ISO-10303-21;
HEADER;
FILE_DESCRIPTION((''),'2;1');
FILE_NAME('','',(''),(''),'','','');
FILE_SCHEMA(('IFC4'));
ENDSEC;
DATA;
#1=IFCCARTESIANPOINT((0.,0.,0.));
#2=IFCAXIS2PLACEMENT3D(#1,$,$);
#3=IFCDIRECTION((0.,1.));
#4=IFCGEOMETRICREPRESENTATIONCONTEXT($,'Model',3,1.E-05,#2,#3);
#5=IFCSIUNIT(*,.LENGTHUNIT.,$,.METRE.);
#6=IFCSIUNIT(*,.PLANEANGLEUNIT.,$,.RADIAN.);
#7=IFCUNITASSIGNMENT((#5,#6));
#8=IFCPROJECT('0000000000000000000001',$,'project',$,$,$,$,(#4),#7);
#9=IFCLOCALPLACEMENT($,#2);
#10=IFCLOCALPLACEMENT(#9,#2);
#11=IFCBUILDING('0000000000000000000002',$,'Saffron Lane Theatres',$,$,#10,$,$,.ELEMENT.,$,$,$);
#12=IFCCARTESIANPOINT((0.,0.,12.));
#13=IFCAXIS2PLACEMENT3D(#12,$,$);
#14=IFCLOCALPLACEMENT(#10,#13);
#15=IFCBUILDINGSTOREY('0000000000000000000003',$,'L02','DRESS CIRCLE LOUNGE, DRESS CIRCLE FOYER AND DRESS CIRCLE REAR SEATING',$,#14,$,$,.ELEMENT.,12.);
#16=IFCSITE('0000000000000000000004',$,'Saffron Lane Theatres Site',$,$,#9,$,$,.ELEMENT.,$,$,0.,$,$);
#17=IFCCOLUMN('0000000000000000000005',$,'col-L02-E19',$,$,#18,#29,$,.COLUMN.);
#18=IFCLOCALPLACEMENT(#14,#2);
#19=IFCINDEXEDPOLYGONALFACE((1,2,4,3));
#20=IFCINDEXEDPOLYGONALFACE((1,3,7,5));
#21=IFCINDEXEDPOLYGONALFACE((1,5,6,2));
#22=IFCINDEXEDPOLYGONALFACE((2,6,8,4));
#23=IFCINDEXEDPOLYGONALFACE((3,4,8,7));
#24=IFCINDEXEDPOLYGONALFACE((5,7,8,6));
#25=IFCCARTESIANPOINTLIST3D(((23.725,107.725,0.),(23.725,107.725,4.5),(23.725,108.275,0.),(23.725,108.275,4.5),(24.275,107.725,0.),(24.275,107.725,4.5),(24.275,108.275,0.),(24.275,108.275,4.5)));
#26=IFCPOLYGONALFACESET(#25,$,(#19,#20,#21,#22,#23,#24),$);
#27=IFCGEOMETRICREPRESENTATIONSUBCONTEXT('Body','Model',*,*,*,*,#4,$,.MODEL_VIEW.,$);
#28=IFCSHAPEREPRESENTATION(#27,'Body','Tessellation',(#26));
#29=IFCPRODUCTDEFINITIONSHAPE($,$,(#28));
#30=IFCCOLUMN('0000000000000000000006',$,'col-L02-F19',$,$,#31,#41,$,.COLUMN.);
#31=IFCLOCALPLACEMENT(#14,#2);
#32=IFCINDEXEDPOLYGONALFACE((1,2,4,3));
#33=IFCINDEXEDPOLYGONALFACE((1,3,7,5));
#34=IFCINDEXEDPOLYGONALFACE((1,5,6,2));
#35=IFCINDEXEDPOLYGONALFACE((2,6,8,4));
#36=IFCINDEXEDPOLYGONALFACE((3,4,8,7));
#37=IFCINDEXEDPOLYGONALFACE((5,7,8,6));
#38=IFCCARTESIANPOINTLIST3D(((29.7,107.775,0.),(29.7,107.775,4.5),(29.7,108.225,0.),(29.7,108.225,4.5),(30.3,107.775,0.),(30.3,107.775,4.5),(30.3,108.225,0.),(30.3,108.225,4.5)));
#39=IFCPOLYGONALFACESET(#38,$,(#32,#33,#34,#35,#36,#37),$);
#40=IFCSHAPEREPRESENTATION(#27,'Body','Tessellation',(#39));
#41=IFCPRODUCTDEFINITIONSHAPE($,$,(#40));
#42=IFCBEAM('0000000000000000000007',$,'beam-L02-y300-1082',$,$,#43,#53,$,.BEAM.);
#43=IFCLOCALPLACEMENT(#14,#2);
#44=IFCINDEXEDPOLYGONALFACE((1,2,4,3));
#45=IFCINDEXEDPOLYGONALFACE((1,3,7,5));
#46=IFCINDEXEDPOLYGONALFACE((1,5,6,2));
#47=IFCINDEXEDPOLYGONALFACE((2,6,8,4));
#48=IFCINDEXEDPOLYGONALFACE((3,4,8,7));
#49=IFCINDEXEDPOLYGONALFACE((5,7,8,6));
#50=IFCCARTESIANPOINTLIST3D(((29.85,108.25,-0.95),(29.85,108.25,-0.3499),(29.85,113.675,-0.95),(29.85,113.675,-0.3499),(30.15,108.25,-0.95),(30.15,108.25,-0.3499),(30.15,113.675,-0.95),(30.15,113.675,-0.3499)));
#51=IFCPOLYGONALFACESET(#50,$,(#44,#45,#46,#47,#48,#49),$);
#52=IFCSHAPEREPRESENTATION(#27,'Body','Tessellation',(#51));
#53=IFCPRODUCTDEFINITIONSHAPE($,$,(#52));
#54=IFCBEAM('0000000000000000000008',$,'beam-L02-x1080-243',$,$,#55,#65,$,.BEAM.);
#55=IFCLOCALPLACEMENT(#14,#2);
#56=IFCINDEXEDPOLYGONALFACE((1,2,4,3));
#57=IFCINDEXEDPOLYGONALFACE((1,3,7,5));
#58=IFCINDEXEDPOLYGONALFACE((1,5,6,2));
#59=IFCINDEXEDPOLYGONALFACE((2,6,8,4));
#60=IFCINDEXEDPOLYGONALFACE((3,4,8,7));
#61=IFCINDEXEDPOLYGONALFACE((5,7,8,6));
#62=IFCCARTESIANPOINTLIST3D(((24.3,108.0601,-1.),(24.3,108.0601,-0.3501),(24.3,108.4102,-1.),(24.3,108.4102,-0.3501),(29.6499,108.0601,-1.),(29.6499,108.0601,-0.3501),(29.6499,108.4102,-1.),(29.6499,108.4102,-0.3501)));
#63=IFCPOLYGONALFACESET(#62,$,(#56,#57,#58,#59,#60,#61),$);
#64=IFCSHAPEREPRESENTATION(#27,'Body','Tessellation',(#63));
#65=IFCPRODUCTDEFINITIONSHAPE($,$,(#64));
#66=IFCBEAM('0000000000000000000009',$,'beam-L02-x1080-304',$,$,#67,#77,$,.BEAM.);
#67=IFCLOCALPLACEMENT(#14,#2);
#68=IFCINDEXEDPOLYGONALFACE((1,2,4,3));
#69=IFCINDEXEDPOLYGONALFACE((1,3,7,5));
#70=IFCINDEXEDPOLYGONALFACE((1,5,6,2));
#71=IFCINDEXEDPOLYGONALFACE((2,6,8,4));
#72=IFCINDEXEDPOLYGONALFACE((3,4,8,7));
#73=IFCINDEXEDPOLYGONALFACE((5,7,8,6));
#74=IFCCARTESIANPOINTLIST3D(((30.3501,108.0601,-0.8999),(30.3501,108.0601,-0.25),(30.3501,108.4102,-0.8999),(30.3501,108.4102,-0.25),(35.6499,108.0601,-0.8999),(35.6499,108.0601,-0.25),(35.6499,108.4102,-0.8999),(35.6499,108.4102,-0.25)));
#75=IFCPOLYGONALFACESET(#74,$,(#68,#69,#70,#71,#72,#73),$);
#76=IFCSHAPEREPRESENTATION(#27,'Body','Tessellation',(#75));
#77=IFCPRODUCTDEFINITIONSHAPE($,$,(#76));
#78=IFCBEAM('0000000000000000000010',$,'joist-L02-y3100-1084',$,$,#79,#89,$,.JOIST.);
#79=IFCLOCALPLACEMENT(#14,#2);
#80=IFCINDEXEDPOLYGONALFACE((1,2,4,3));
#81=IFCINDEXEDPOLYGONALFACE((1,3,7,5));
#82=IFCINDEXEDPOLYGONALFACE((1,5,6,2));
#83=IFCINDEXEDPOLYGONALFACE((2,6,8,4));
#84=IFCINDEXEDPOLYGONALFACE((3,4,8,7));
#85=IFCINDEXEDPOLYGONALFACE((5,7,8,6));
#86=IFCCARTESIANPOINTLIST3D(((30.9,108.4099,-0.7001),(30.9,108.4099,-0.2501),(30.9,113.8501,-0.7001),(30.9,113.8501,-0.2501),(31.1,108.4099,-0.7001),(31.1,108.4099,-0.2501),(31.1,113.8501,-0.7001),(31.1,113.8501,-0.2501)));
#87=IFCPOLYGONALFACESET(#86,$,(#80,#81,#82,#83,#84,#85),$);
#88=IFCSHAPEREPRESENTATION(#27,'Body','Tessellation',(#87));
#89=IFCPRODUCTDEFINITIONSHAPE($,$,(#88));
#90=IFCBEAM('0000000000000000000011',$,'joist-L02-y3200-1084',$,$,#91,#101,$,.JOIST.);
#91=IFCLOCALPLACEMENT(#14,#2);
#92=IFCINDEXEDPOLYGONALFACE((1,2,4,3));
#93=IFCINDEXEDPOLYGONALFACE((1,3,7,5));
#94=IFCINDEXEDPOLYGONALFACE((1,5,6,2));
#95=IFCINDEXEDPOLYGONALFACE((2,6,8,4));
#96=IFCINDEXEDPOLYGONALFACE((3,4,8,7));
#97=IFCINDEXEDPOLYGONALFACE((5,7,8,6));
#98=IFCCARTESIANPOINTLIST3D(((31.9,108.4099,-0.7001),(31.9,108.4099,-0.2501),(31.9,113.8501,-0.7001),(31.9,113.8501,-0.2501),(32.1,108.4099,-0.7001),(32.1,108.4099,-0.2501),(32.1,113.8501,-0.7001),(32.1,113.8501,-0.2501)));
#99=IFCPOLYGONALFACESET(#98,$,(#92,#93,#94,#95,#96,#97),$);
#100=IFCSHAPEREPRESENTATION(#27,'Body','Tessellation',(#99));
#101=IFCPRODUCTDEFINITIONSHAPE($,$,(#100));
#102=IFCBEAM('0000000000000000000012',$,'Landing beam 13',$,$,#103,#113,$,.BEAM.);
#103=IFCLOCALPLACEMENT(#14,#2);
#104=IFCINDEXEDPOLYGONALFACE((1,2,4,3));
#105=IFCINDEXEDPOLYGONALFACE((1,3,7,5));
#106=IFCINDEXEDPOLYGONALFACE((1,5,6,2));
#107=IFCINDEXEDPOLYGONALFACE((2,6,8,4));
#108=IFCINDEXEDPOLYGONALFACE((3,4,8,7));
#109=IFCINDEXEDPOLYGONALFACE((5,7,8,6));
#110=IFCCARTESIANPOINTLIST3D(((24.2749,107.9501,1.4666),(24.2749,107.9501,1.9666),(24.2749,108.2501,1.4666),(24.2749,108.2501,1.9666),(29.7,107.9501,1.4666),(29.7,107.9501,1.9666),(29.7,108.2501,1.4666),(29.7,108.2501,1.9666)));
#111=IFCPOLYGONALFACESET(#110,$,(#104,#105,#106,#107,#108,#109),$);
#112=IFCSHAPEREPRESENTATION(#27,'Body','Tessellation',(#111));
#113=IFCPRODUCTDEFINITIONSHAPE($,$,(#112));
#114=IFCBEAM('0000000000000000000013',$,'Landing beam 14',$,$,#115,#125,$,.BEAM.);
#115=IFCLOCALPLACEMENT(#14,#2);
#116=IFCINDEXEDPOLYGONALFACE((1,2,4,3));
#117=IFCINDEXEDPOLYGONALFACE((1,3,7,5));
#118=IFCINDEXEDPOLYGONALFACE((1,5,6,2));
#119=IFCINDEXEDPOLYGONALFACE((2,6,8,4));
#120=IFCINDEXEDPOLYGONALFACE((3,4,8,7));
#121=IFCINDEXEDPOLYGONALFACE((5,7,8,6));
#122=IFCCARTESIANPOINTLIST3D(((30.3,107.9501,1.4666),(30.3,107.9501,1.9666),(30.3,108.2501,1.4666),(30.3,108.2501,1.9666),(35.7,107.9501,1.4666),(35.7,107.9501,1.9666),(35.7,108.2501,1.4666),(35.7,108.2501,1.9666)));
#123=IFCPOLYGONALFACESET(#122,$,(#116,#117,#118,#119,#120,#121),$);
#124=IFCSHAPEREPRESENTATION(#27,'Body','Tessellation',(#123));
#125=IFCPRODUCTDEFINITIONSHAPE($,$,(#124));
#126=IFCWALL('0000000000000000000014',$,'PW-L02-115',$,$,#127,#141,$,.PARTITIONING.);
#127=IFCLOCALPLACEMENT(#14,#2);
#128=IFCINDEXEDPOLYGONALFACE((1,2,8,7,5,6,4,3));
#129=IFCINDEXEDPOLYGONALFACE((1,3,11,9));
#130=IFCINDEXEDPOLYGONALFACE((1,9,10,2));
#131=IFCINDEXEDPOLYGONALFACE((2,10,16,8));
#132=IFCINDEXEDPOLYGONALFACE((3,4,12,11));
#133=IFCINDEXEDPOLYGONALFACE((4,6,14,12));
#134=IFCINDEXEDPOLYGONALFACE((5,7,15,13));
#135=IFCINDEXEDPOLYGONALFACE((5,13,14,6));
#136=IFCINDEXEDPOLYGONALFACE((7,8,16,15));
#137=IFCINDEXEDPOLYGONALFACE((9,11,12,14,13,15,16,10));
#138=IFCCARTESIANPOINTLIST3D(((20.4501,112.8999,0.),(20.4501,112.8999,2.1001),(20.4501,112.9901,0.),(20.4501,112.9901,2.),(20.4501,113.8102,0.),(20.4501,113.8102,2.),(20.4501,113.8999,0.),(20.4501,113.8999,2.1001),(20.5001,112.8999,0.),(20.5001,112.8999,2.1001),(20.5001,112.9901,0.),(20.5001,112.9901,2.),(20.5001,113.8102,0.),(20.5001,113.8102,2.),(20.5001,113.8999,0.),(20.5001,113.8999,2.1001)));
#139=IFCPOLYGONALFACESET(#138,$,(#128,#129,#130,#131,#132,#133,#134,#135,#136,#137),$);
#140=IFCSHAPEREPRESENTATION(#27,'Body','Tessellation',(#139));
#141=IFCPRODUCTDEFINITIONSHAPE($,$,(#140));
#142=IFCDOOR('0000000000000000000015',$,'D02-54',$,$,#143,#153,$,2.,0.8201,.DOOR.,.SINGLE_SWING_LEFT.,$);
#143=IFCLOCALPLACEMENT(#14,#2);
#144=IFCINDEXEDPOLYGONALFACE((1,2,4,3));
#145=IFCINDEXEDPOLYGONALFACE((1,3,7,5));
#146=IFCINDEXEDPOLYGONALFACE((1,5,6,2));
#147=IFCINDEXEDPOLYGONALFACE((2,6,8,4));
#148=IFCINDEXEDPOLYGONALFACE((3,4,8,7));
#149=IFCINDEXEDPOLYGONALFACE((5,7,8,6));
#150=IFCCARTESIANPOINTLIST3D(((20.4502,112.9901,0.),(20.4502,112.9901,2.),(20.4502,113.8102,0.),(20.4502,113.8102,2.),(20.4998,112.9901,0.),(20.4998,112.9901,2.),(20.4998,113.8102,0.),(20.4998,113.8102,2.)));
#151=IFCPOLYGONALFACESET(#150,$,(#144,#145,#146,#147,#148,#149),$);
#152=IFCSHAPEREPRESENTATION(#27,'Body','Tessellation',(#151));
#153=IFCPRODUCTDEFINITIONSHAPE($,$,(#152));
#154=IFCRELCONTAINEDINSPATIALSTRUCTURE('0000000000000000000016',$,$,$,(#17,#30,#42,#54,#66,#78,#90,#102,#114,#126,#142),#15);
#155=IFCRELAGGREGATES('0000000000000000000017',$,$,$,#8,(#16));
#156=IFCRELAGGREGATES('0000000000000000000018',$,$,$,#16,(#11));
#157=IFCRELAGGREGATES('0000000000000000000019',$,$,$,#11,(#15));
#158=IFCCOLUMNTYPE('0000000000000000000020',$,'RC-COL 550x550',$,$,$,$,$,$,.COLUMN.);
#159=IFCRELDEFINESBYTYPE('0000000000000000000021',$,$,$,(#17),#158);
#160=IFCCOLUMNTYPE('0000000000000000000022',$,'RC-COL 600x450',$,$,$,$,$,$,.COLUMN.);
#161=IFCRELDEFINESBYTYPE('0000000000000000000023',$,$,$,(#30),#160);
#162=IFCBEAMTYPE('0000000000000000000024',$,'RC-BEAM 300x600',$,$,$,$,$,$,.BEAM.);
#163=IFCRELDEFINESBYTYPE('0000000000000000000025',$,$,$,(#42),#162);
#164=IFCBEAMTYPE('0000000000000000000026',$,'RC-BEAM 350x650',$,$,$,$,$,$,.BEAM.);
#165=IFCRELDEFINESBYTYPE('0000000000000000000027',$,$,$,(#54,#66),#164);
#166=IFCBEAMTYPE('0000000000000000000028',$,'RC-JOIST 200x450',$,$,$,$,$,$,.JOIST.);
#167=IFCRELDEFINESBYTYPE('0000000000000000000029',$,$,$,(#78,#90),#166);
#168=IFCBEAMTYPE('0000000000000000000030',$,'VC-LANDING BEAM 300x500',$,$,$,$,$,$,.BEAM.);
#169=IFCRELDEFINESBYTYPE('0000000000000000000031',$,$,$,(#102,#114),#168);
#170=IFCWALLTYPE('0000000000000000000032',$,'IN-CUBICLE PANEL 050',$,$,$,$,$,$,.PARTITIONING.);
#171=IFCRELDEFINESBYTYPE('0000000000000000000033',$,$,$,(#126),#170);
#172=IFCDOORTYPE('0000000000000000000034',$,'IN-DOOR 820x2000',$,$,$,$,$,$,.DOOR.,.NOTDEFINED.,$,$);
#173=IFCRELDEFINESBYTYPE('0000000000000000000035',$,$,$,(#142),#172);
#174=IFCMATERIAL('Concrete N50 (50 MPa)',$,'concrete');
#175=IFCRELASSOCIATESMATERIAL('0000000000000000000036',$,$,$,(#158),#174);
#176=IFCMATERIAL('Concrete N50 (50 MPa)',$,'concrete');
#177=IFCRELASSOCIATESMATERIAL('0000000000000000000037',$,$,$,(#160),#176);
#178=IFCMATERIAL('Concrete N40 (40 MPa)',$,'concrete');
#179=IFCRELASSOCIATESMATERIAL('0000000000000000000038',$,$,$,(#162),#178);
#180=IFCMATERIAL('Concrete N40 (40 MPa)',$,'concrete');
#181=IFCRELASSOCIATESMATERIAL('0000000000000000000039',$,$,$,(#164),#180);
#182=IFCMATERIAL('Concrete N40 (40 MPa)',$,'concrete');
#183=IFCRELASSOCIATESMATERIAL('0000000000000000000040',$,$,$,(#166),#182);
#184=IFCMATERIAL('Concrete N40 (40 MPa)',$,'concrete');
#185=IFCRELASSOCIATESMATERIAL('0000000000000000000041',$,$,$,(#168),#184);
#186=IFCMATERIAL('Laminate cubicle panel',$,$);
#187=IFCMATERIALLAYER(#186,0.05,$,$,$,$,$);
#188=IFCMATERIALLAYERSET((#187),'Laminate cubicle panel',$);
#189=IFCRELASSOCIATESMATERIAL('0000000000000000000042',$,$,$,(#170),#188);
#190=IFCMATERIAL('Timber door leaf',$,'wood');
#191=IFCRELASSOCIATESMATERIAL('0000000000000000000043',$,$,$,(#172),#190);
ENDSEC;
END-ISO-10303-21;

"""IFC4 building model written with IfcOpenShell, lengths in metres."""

from ifc_helpers import new_model, si_unit, direction, frame, frame_2d, origin, origin_2d, place, context, subcontext, project, spatial, rectangle, extrude, material, layer, layer_set, material_profile, profile_set, type_object, element, fill, save


model = new_model("IFC4")

# Units and contexts
model_context = context("Model", 3, precision=1e-05, world=origin(), true_north=direction((0.0, 1.0)))
body_context = subcontext(model_context, "Body", "Model", "MODEL_VIEW")
ifc_project = project(units=[si_unit("LENGTHUNIT", "METRE"), si_unit("PLANEANGLEUNIT", "RADIAN")], contexts=[model_context])

# Site, building, storey
site_placement = place(None, origin())
site = spatial("IfcSite", under=ifc_project, at=site_placement, Name="Saffron Lane Theatres Site", CompositionType="ELEMENT", RefElevation=0.0)
building_placement = place(site_placement, origin())
building = spatial("IfcBuilding", under=site, at=building_placement, Name="Saffron Lane Theatres", CompositionType="ELEMENT")
storey_placement = place(building_placement, frame((0.0, 0.0, 12.0)))
storey = spatial("IfcBuildingStorey", under=building, at=storey_placement, Name="L02", Description="DRESS CIRCLE LOUNGE, DRESS CIRCLE FOYER AND DRESS CIRCLE REAR SEATING", CompositionType="ELEMENT", Elevation=12.0)

# Columns
ifc_material_1 = material(Name="Concrete N50 (50 MPa)", Category="concrete")
ifc_material_profile_1 = material_profile(ifc_material_1, rectangle(XDim=0.55, YDim=0.55, at=origin_2d()))
ifc_profile_set_1 = profile_set([ifc_material_profile_1], Name="Concrete N50 (50 MPa)")
column_type_1 = type_object("IfcColumnType", Name="RC-COL 550x550", PredefinedType="COLUMN", material=ifc_profile_set_1)
column_1_placement = place(storey_placement, frame((24.0, 108.0, 0.0), z_axis=(0.0, 0.0, 1.0), x_axis=(1.0, 0.0, 0.0)))
element("IfcColumn", 1, at=column_1_placement, inside=storey, type_object=column_type_1, Name="col-L02-E19", PredefinedType="COLUMN", context=body_context, shape_type="SweptSolid", body=[
    extrude(rectangle(XDim=0.55, YDim=0.55, at=origin_2d()), origin(), (0.0, 0.0, 1.0), 4.5),
])
ifc_material_2 = material(Name="Concrete N50 (50 MPa)", Category="concrete")
ifc_material_profile_2 = material_profile(ifc_material_2, rectangle(XDim=0.6001, YDim=0.45, at=origin_2d()))
ifc_profile_set_2 = profile_set([ifc_material_profile_2], Name="Concrete N50 (50 MPa)")
column_type_2 = type_object("IfcColumnType", Name="RC-COL 600x450", PredefinedType="COLUMN", material=ifc_profile_set_2)
column_2_placement = place(storey_placement, frame((30.0, 108.0, 0.0), z_axis=(0.0, 0.0, 1.0), x_axis=(1.0, 0.0, 0.0)))
element("IfcColumn", 2, at=column_2_placement, inside=storey, type_object=column_type_2, Name="col-L02-F19", PredefinedType="COLUMN", context=body_context, shape_type="SweptSolid", body=[
    extrude(rectangle(XDim=0.6001, YDim=0.45, at=origin_2d()), origin(), (0.0, 0.0, 1.0), 4.5),
])

# Beams
ifc_material_3 = material(Name="Concrete N40 (40 MPa)", Category="concrete")
ifc_material_profile_3 = material_profile(ifc_material_3, rectangle(XDim=0.3, YDim=0.6001, at=origin_2d()))
ifc_profile_set_3 = profile_set([ifc_material_profile_3], Name="Concrete N40 (40 MPa)")
beam_type_1 = type_object("IfcBeamType", Name="RC-BEAM 300x600", PredefinedType="BEAM", material=ifc_profile_set_3)
beam_1_placement = place(storey_placement, frame((30.0, 108.25, -0.6499), z_axis=(0.0, 1.0, 0.0), x_axis=(-1.0, 0.0, 0.0)))
element("IfcBeam", 3, at=beam_1_placement, inside=storey, type_object=beam_type_1, Name="beam-L02-y300-1082", PredefinedType="BEAM", context=body_context, shape_type="SweptSolid", body=[
    extrude(rectangle(XDim=0.3, YDim=0.6001, at=origin_2d()), origin(), (0.0, 0.0, 1.0), 5.425),
])
ifc_material_4 = material(Name="Concrete N40 (40 MPa)", Category="concrete")
ifc_material_profile_4 = material_profile(ifc_material_4, rectangle(XDim=0.3501, YDim=0.6499, at=origin_2d()))
ifc_profile_set_4 = profile_set([ifc_material_profile_4], Name="Concrete N40 (40 MPa)")
beam_type_2 = type_object("IfcBeamType", Name="RC-BEAM 350x650", PredefinedType="BEAM", material=ifc_profile_set_4)
beam_2_placement = place(storey_placement, frame((24.3, 108.2351, -0.675), z_axis=(1.0, 0.0, 0.0), x_axis=(0.0, 1.0, 0.0)))
element("IfcBeam", 4, at=beam_2_placement, inside=storey, type_object=beam_type_2, Name="beam-L02-x1080-243", PredefinedType="BEAM", context=body_context, shape_type="SweptSolid", body=[
    extrude(rectangle(XDim=0.3501, YDim=0.6499, at=origin_2d()), origin(), (0.0, 0.0, 1.0), 5.3499),
])
beam_3_placement = place(storey_placement, frame((30.3501, 108.2351, -0.575), z_axis=(1.0, 0.0, 0.0), x_axis=(0.0, 1.0, 0.0)))
element("IfcBeam", 5, at=beam_3_placement, inside=storey, type_object=beam_type_2, Name="beam-L02-x1080-304", PredefinedType="BEAM", context=body_context, shape_type="SweptSolid", body=[
    extrude(rectangle(XDim=0.3501, YDim=0.6499, at=origin_2d()), origin(), (0.0, 0.0, 1.0), 5.2998),
])
ifc_material_5 = material(Name="Concrete N40 (40 MPa)", Category="concrete")
ifc_material_profile_5 = material_profile(ifc_material_5, rectangle(XDim=0.2, YDim=0.45, at=origin_2d()))
ifc_profile_set_5 = profile_set([ifc_material_profile_5], Name="Concrete N40 (40 MPa)")
beam_type_3 = type_object("IfcBeamType", Name="RC-JOIST 200x450", PredefinedType="JOIST", material=ifc_profile_set_5)
for number, where, z_axis, x_axis, name in (
    (6, (31.0, 108.4099, -0.4751), (0.0, 1.0, 0.0), (-1.0, 0.0, 0.0), "joist-L02-y3100-1084"),
    (7, (32.0, 108.4099, -0.4751), (0.0, 1.0, 0.0), (-1.0, 0.0, 0.0), "joist-L02-y3200-1084"),
):
    element("IfcBeam", number, at=place(storey_placement, frame(where, z_axis=z_axis, x_axis=x_axis)), inside=storey, type_object=beam_type_3, Name=name, PredefinedType="JOIST", context=body_context, shape_type="SweptSolid", body=[
        extrude(rectangle(XDim=0.2, YDim=0.45, at=origin_2d()), origin(), (0.0, 0.0, 1.0), 5.4402),
    ])
ifc_material_6 = material(Name="Concrete N40 (40 MPa)", Category="concrete")
ifc_material_profile_6 = material_profile(ifc_material_6, rectangle(XDim=0.3, YDim=0.5, at=origin_2d()))
ifc_profile_set_6 = profile_set([ifc_material_profile_6], Name="Concrete N40 (40 MPa)")
beam_type_4 = type_object("IfcBeamType", Name="VC-LANDING BEAM 300x500", PredefinedType="BEAM", material=ifc_profile_set_6)
beam_4_placement = place(storey_placement, frame((24.2749, 108.1001, 1.7166), z_axis=(1.0, 0.0, 0.0), x_axis=(0.0, 1.0, 0.0)))
element("IfcBeam", 8, at=beam_4_placement, inside=storey, type_object=beam_type_4, Name="Landing beam 13", PredefinedType="BEAM", context=body_context, shape_type="SweptSolid", body=[
    extrude(rectangle(XDim=0.3, YDim=0.5, at=origin_2d()), origin(), (0.0, 0.0, 1.0), 5.425),
])
beam_5_placement = place(storey_placement, frame((30.3, 108.1001, 1.7166), z_axis=(1.0, 0.0, 0.0), x_axis=(0.0, 1.0, 0.0)))
element("IfcBeam", 9, at=beam_5_placement, inside=storey, type_object=beam_type_4, Name="Landing beam 14", PredefinedType="BEAM", context=body_context, shape_type="SweptSolid", body=[
    extrude(rectangle(XDim=0.3, YDim=0.5, at=origin_2d()), origin(), (0.0, 0.0, 1.0), 5.3999),
])

# Wall, opening, door
ifc_material_7 = material(Name="Laminate cubicle panel")
ifc_layer_1 = layer(ifc_material_7, 0.05)
ifc_layer_set_1 = layer_set([ifc_layer_1], Name="Laminate cubicle panel")
wall_type_1 = type_object("IfcWallType", Name="IN-CUBICLE PANEL 050", PredefinedType="PARTITIONING", material=ifc_layer_set_1)
wall_1_placement = place(storey_placement, frame((20.4751, 112.8999, 0.0), z_axis=(0.0, 0.0, 1.0), x_axis=(0.0, 1.0, 0.0)))
wall_1 = element("IfcWall", 10, at=wall_1_placement, inside=storey, type_object=wall_type_1, Name="PW-L02-115", PredefinedType="PARTITIONING", context=body_context, shape_type="SweptSolid", body=[
    extrude(rectangle(XDim=1.0, YDim=0.05, at=frame_2d((0.5, 0.0))), origin(), (0.0, 0.0, 1.0), 2.1001),
])
opening_1_placement = place(wall_1_placement, frame((0.0901, 0.0, 0.0)))
opening_1 = element("IfcOpeningElement", 11, at=opening_1_placement, cuts=wall_1, PredefinedType="OPENING", context=body_context, shape_type="SweptSolid", body=[
    extrude(rectangle(XDim=0.8201, YDim=2.0, at=frame_2d((0.4102, 1.0))), frame((0.0, 0.0352, 0.0), z_axis=(0.0, -1.0, 0.0), x_axis=(1.0, 0.0, 0.0)), (0.0, 0.0, 1.0), 0.0701),
])
ifc_material_8 = material(Name="Timber door leaf", Category="wood")
door_type_1 = type_object("IfcDoorType", Name="IN-DOOR 820x2000", OperationType="NOTDEFINED", PredefinedType="DOOR", material=ifc_material_8)
door_1_placement = place(opening_1_placement, origin())
door_1 = element("IfcDoor", 12, at=door_1_placement, inside=storey, type_object=door_type_1, Name="D02-54", OperationType="SINGLE_SWING_LEFT", OverallHeight=2.0, OverallWidth=0.8201, PredefinedType="DOOR", context=body_context, shape_type="SweptSolid", body=[
    extrude(rectangle(XDim=0.8201, YDim=2.0, at=frame_2d((0.4102, 1.0))), frame((0.0, 0.0249, 0.0), z_axis=(0.0, -1.0, 0.0), x_axis=(1.0, 0.0, 0.0)), (0.0, 0.0, 1.0), 0.0496),
])
fill(opening_1, door_1)

save(model, "model.ifc")
